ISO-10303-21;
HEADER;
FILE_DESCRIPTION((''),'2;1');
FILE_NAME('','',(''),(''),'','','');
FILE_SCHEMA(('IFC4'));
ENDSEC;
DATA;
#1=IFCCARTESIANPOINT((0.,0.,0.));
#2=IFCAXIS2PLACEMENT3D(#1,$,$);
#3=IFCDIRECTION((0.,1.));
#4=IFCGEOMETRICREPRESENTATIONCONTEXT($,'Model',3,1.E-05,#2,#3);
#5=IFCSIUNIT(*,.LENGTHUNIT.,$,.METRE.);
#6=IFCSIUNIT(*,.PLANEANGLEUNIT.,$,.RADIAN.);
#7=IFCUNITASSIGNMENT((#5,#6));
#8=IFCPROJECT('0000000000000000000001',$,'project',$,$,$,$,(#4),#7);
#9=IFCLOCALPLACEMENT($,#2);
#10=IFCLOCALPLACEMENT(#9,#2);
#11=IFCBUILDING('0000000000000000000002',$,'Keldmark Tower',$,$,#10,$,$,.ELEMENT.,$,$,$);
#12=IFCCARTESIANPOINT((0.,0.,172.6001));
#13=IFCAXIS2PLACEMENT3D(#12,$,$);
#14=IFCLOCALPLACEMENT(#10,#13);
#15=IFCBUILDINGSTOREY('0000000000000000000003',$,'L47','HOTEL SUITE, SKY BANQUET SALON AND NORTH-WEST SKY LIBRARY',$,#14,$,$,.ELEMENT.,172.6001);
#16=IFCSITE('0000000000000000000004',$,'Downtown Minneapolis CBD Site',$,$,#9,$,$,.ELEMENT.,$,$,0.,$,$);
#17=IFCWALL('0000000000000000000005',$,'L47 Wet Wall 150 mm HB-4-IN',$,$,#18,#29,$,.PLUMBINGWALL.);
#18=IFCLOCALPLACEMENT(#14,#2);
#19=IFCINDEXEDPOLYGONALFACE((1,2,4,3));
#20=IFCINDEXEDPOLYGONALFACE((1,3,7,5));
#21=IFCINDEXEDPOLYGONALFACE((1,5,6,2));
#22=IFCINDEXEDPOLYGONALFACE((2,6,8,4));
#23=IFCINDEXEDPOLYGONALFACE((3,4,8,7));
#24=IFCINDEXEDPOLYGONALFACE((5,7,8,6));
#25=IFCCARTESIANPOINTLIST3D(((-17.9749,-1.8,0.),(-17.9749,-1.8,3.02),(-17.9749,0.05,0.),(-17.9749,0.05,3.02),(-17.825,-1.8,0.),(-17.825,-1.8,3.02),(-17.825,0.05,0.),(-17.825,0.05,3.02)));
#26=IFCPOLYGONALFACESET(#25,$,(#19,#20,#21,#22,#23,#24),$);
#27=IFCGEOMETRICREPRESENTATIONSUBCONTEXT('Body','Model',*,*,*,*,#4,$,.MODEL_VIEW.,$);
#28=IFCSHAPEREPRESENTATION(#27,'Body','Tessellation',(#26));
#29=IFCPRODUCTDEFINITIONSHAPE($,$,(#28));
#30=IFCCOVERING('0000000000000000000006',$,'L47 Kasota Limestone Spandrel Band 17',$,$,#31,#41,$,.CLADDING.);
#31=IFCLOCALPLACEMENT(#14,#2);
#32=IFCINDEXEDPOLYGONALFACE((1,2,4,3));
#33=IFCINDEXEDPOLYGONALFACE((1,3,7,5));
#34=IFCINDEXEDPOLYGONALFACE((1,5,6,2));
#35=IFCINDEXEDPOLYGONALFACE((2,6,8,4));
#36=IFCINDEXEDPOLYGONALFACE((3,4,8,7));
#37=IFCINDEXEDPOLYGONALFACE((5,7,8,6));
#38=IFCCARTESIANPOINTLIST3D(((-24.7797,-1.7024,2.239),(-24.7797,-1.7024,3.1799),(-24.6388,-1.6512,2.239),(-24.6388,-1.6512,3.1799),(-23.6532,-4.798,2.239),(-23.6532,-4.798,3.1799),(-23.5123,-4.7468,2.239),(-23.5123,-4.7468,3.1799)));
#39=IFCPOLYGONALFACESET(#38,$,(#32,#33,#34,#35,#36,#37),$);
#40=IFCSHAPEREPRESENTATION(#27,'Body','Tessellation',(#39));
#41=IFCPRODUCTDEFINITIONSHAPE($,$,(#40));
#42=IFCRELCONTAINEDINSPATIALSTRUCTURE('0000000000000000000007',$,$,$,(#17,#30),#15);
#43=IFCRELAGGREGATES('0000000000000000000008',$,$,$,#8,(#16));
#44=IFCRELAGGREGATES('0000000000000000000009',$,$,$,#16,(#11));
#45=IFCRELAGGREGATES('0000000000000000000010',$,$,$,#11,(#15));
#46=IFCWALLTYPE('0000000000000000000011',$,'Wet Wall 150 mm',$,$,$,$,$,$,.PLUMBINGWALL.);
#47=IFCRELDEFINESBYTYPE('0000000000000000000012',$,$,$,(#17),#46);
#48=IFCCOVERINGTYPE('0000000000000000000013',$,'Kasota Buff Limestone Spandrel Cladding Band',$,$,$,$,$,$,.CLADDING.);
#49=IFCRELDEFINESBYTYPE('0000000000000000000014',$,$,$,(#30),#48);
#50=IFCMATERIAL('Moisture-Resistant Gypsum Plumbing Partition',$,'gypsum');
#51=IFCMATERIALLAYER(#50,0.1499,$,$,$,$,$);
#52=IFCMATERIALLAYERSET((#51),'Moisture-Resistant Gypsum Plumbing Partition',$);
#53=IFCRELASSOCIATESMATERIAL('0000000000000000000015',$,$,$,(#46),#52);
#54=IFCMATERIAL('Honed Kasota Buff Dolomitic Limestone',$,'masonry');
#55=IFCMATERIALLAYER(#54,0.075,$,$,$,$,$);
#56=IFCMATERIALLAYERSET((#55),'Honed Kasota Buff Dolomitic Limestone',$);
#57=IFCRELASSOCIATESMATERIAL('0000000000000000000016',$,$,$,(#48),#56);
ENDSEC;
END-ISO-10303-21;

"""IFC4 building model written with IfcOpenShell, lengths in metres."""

from ifc_helpers import new_model, si_unit, direction, frame, frame_2d, origin, origin_2d, place, context, subcontext, project, spatial, rectangle, extrude, material, layer, layer_set, type_object, element, save


model = new_model("IFC4")

# Units and contexts
model_context = context("Model", 3, precision=1e-05, world=origin(), true_north=direction((0.0, 1.0)))
body_context = subcontext(model_context, "Body", "Model", "MODEL_VIEW")
ifc_project = project(units=[si_unit("LENGTHUNIT", "METRE"), si_unit("PLANEANGLEUNIT", "RADIAN")], contexts=[model_context])

# Site, building, storey
site_placement = place(None, origin())
site = spatial("IfcSite", under=ifc_project, at=site_placement, Name="Downtown Minneapolis CBD Site", CompositionType="ELEMENT", RefElevation=0.0)
building_placement = place(site_placement, origin())
building = spatial("IfcBuilding", under=site, at=building_placement, Name="Keldmark Tower", CompositionType="ELEMENT")
storey_placement = place(building_placement, frame((0.0, 0.0, 172.6001)))
storey = spatial("IfcBuildingStorey", under=building, at=storey_placement, Name="L47", Description="HOTEL SUITE, SKY BANQUET SALON AND NORTH-WEST SKY LIBRARY", CompositionType="ELEMENT", Elevation=172.6001)

# Shared definitions
ifc_material_1 = material(Name="Moisture-Resistant Gypsum Plumbing Partition", Category="gypsum")
ifc_layer_1 = layer(ifc_material_1, 0.1499)
ifc_layer_set_1 = layer_set([ifc_layer_1], Name="Moisture-Resistant Gypsum Plumbing Partition")
wall_type_1 = type_object("IfcWallType", Name="Wet Wall 150 mm", PredefinedType="PLUMBINGWALL", material=ifc_layer_set_1)

# Wall
wall_1_placement = place(storey_placement, frame((-17.8999, -1.8, 0.0), z_axis=(0.0, 0.0, 1.0), x_axis=(0.0, 1.0, 0.0)))
element("IfcWall", 1, at=wall_1_placement, inside=storey, type_object=wall_type_1, Name="L47 Wet Wall 150 mm HB-4-IN", PredefinedType="PLUMBINGWALL", context=body_context, shape_type="SweptSolid", body=[
    extrude(rectangle(XDim=1.8501, YDim=0.1499, at=frame_2d((0.925, 0.0))), origin(), (0.0, 0.0, 1.0), 3.02),
])

# Covering
ifc_material_2 = material(Name="Honed Kasota Buff Dolomitic Limestone", Category="masonry")
ifc_layer_2 = layer(ifc_material_2, 0.075)
ifc_layer_set_2 = layer_set([ifc_layer_2], Name="Honed Kasota Buff Dolomitic Limestone")
covering_type = type_object("IfcCoveringType", Name="Kasota Buff Limestone Spandrel Cladding Band", PredefinedType="CLADDING", material=ifc_layer_set_2)
covering_placement = place(storey_placement, frame((-24.146, -3.2246, 2.239), z_axis=(0.0, 0.0, 1.0), x_axis=(0.341971, -0.939711, 0.0)))
element("IfcCovering", 2, at=covering_placement, inside=storey, type_object=covering_type, Name="L47 Kasota Limestone Spandrel Band 17", PredefinedType="CLADDING", context=body_context, shape_type="SweptSolid", body=[
    extrude(rectangle(XDim=3.2942, YDim=0.1499, at=origin_2d()), origin(), (0.0, 0.0, 1.0), 0.9409),
])

save(model, "model.ifc")
